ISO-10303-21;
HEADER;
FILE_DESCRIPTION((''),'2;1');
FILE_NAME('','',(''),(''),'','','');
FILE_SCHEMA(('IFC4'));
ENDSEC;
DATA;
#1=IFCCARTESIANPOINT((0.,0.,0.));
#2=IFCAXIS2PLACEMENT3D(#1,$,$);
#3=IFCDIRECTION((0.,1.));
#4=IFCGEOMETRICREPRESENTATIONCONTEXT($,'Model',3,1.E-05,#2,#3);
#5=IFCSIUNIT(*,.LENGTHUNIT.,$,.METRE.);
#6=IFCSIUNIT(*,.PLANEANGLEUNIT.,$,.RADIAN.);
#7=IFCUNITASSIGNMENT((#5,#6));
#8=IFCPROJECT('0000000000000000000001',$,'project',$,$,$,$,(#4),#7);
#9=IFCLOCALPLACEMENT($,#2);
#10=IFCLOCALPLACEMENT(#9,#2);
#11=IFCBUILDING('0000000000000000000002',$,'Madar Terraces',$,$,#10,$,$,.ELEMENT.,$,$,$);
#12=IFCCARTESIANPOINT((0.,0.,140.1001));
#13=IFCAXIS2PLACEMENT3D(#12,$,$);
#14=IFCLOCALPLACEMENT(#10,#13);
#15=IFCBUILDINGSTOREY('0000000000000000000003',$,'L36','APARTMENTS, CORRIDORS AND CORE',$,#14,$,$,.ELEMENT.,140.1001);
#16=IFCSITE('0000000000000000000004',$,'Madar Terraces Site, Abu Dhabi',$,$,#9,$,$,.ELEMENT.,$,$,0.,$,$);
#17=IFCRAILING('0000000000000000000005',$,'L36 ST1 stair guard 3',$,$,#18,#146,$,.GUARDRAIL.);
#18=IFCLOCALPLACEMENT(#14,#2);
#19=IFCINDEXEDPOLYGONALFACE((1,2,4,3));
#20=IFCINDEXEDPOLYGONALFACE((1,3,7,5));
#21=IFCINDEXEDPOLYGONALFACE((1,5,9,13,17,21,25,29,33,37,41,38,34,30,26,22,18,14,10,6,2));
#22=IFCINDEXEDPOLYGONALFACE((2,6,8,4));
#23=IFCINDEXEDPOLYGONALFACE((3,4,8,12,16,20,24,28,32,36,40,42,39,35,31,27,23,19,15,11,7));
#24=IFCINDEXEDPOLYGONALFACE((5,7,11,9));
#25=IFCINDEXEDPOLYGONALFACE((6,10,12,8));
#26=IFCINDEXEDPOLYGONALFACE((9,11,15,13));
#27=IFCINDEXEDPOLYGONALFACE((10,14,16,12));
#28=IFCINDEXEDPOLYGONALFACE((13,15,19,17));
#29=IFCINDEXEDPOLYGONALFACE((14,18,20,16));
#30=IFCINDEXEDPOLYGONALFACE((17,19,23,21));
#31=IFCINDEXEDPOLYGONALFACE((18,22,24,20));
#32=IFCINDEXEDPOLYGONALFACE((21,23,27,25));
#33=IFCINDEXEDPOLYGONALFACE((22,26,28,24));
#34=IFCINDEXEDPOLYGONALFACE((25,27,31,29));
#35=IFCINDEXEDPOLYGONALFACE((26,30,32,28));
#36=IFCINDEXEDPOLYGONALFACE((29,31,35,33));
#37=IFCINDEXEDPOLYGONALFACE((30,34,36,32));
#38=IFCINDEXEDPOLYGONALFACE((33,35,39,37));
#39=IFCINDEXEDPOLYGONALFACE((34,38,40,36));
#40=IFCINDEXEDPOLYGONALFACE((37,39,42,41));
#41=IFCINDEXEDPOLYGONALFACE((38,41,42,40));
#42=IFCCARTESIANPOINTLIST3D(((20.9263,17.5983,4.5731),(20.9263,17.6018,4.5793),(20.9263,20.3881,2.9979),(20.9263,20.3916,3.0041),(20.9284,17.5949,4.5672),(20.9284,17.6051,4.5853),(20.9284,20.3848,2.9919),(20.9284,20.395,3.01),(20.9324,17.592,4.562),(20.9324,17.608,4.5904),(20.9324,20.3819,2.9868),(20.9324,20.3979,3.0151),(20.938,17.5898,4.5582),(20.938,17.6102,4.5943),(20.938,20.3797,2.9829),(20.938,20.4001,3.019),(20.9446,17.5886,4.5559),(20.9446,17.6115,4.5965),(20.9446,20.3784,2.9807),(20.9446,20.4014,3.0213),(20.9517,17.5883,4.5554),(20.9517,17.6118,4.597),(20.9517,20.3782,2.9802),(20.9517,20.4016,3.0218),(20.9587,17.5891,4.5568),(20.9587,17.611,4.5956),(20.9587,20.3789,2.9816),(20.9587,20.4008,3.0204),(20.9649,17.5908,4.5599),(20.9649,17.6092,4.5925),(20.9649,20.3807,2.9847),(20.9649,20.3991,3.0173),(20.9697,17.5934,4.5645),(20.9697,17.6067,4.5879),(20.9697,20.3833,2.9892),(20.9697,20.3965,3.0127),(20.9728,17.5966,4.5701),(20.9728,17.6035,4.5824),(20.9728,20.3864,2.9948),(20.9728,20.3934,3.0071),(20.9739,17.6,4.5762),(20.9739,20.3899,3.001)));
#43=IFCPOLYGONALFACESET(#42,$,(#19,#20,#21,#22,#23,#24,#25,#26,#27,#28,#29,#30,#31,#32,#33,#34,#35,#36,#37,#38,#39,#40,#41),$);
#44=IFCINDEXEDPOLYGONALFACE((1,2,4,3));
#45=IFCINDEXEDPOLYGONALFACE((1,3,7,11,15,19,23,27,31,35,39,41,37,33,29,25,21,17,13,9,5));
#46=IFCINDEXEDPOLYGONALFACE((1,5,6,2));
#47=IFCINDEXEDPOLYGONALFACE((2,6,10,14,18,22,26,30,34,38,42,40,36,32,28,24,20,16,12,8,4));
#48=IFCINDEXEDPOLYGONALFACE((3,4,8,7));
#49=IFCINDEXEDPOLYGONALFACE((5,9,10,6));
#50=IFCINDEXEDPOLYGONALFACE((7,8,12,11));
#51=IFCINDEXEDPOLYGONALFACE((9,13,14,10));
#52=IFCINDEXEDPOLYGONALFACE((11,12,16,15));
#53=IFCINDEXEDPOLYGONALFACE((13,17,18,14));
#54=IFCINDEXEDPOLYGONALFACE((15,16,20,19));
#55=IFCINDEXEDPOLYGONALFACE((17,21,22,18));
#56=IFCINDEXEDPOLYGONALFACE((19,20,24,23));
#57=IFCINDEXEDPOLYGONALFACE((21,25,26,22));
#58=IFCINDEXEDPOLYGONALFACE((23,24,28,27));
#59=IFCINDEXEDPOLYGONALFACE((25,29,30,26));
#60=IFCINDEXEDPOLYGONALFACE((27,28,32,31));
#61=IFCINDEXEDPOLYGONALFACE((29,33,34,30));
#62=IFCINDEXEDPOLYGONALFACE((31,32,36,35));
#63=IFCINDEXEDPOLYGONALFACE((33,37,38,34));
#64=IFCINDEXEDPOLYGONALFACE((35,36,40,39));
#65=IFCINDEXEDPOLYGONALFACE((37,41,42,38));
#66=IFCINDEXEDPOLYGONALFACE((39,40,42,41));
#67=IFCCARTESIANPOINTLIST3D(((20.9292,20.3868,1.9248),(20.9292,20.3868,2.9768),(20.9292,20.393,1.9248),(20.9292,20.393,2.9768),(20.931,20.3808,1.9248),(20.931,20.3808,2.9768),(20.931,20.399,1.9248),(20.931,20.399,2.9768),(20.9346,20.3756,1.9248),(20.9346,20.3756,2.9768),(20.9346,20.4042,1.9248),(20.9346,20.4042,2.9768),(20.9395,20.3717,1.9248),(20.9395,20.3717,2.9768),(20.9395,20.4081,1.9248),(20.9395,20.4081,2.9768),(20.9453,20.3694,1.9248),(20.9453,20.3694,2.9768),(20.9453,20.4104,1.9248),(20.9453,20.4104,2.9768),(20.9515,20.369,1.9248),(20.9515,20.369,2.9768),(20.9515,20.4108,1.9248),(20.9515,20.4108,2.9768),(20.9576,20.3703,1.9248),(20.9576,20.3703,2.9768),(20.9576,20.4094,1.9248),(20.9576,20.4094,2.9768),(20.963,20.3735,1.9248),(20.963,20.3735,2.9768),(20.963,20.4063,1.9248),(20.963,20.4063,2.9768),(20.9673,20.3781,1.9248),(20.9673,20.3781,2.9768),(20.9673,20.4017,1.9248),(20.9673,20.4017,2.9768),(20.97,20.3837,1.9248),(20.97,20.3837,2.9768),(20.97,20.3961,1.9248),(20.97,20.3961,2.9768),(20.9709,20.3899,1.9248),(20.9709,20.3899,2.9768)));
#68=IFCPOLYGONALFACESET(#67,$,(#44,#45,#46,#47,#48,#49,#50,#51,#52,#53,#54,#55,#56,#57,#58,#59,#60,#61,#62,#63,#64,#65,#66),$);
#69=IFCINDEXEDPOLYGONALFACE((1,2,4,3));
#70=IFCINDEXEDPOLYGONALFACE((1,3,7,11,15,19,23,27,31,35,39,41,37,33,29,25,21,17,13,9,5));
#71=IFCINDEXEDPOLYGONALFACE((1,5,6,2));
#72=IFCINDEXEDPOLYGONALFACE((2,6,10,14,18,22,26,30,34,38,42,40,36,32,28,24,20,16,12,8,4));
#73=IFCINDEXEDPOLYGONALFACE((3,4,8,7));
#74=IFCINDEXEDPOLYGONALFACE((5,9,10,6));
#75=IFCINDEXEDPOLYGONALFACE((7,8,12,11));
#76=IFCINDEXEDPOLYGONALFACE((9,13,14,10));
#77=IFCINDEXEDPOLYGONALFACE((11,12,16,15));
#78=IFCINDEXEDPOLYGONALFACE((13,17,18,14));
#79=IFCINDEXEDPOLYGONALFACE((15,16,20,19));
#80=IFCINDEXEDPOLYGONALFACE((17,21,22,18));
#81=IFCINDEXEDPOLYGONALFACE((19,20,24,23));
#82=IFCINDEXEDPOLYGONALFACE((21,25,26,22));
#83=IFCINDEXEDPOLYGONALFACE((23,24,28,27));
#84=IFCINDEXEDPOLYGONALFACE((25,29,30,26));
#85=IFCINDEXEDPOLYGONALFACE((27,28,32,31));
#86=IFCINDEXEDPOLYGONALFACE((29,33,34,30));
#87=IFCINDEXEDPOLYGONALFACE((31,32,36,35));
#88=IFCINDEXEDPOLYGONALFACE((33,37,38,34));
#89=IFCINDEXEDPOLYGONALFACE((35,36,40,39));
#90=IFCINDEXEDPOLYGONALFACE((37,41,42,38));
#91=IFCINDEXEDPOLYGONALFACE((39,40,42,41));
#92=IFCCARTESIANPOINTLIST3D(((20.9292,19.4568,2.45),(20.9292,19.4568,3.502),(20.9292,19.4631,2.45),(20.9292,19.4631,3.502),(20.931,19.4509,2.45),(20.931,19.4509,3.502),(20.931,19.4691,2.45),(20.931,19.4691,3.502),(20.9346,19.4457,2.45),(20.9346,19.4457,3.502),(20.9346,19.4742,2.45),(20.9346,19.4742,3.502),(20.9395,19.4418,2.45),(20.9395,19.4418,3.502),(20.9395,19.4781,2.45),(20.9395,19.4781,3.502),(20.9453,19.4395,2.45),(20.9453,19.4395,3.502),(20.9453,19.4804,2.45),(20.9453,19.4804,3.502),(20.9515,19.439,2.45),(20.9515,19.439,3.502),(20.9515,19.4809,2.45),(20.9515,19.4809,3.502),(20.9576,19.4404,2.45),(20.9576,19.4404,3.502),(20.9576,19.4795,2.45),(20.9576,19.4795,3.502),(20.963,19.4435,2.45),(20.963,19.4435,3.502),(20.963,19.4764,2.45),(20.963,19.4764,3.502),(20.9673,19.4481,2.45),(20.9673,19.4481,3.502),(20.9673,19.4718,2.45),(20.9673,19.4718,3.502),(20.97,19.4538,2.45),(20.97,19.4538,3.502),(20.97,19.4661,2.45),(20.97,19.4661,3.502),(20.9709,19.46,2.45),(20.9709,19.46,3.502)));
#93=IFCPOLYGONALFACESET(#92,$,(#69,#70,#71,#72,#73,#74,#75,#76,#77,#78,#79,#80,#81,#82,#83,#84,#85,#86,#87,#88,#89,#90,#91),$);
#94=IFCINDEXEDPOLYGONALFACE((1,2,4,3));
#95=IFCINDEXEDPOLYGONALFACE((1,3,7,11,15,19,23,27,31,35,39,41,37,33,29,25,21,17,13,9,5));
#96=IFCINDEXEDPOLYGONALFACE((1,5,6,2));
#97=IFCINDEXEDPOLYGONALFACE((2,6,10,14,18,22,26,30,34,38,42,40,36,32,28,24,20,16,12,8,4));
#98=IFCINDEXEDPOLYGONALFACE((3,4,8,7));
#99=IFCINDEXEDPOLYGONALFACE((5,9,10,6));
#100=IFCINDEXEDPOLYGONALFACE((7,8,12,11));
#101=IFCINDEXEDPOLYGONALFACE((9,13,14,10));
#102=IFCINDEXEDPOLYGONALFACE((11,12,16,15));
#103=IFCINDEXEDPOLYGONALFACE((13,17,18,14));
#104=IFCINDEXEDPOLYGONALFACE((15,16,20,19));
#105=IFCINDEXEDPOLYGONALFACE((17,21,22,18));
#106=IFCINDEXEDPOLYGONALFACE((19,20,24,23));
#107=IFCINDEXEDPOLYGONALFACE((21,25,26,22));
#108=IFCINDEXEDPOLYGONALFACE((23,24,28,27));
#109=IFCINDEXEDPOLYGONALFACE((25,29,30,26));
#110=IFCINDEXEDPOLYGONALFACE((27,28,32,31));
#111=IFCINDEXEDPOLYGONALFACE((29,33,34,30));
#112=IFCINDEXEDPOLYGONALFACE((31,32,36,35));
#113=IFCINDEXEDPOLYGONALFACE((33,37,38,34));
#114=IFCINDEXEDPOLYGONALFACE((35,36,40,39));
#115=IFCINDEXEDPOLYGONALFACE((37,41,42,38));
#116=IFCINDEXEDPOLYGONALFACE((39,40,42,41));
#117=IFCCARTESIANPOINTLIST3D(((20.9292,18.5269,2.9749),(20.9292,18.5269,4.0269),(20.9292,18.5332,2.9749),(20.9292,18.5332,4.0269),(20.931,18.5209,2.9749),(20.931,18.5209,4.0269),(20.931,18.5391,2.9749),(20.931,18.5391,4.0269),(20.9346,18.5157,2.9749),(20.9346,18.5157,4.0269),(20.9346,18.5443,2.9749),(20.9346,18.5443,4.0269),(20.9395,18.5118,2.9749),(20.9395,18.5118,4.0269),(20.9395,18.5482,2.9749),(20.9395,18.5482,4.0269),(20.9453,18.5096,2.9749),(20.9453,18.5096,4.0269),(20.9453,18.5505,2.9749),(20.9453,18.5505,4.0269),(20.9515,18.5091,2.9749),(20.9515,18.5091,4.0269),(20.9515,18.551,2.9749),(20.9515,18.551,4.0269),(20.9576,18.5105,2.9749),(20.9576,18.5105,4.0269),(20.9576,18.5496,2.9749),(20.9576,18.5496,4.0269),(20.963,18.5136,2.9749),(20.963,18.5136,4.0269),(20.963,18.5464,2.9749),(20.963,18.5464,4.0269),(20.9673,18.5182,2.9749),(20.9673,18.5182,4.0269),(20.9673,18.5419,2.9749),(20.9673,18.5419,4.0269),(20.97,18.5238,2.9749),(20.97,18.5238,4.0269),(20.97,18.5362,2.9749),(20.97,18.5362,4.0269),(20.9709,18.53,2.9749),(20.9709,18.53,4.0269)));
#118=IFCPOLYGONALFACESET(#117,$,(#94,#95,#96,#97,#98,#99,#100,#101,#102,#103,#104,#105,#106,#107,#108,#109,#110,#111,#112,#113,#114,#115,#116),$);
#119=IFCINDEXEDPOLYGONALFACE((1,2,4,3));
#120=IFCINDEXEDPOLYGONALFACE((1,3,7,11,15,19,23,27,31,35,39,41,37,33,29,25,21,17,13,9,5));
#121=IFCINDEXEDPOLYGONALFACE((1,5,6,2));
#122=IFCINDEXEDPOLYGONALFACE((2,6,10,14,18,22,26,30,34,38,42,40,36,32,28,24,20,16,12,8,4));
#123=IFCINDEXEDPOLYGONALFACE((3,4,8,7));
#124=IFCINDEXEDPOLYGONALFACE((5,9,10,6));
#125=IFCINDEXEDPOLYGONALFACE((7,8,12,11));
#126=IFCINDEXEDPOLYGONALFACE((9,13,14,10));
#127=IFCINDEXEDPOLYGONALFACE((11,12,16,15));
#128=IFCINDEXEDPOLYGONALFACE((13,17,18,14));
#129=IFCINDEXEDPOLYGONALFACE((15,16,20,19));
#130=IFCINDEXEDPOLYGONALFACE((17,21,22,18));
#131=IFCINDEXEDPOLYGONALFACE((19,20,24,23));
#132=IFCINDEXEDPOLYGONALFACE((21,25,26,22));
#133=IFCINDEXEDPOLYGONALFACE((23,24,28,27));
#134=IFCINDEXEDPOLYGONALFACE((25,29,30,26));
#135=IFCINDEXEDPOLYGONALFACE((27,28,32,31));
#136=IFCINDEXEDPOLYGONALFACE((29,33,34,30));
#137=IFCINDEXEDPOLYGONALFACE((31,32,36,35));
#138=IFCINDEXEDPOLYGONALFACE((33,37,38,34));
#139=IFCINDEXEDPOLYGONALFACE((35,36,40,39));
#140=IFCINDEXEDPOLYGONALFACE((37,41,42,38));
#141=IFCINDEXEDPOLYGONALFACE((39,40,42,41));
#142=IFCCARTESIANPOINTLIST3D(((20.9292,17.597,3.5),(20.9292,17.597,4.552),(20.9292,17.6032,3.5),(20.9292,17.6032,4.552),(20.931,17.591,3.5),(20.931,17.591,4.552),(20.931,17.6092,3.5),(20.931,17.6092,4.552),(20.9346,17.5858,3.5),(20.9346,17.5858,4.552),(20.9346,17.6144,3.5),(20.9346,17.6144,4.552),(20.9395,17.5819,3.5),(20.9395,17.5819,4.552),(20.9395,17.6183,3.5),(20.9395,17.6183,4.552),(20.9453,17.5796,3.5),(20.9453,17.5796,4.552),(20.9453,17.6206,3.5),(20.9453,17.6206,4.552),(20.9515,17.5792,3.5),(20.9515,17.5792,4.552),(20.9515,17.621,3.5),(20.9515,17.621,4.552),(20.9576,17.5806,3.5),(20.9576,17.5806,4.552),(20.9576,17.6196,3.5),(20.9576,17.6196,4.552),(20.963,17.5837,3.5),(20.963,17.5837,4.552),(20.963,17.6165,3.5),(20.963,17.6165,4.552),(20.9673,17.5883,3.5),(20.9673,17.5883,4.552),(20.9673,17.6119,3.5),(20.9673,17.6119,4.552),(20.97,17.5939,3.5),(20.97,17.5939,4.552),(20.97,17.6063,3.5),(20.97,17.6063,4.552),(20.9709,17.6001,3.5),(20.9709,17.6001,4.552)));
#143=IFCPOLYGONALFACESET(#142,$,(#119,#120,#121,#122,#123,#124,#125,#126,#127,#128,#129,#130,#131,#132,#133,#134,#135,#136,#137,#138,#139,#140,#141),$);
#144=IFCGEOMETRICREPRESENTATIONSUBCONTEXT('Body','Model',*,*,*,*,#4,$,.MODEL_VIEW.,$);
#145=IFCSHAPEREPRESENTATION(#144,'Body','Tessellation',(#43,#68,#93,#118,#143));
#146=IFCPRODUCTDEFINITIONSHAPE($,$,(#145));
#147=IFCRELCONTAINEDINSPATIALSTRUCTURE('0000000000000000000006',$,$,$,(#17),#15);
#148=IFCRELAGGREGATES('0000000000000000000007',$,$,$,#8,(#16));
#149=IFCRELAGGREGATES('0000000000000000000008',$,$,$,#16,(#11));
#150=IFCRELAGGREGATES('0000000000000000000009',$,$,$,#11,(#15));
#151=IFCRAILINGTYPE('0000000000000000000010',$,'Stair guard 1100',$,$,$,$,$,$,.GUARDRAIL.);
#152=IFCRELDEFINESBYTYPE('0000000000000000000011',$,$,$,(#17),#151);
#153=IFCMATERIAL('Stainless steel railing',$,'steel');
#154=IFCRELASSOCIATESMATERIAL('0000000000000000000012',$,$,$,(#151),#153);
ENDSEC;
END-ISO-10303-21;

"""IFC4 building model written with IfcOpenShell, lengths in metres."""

from ifc_helpers import new_model, si_unit, direction, frame, origin, origin_2d, place, context, subcontext, project, spatial, circle, extrude, material, type_object, element, save


model = new_model("IFC4")

# Units and contexts
model_context = context("Model", 3, precision=1e-05, world=origin(), true_north=direction((0.0, 1.0)))
body_context = subcontext(model_context, "Body", "Model", "MODEL_VIEW")
ifc_project = project(units=[si_unit("LENGTHUNIT", "METRE"), si_unit("PLANEANGLEUNIT", "RADIAN")], contexts=[model_context])

# Site, building, storey
site_placement = place(None, origin())
site = spatial("IfcSite", under=ifc_project, at=site_placement, Name="Madar Terraces Site, Abu Dhabi", CompositionType="ELEMENT", RefElevation=0.0)
building_placement = place(site_placement, origin())
building = spatial("IfcBuilding", under=site, at=building_placement, Name="Madar Terraces", CompositionType="ELEMENT")
storey_placement = place(building_placement, frame((0.0, 0.0, 140.1001)))
storey = spatial("IfcBuildingStorey", under=building, at=storey_placement, Name="L36", Description="APARTMENTS, CORRIDORS AND CORE", CompositionType="ELEMENT", Elevation=140.1001)

# Railing
ifc_material_1 = material(Name="Stainless steel railing", Category="steel")
railing_type_1 = type_object("IfcRailingType", Name="Stair guard 1100", PredefinedType="GUARDRAIL", material=ifc_material_1)
railing_1_placement = place(storey_placement, frame((20.95, 20.3899, 1.9248)))
element("IfcRailing", 1, at=railing_1_placement, inside=storey, type_object=railing_type_1, Name="L36 ST1 stair guard 3", PredefinedType="GUARDRAIL", context=body_context, shape_type="SweptSolid", body=[
    extrude(circle(Radius=0.0239, at=origin_2d()), frame((0.0, 0.0, 1.0762), z_axis=(0.0, -0.870783, 0.491668), x_axis=(1.0, 0.0, 0.0)), (0.0, 0.0, 1.0), 3.2039),
    extrude(circle(Radius=0.021, at=origin_2d()), origin(), (0.0, 0.0, 1.0), 1.052),
    extrude(circle(Radius=0.021, at=origin_2d()), frame((0.0, -0.9299, 0.5251)), (0.0, 0.0, 1.0), 1.052),
    extrude(circle(Radius=0.021, at=origin_2d()), frame((0.0, -1.8599, 1.05)), (0.0, 0.0, 1.0), 1.052),
    extrude(circle(Radius=0.021, at=origin_2d()), frame((0.0, -2.7898, 1.5752)), (0.0, 0.0, 1.0), 1.052),
])

save(model, "model.ifc")
